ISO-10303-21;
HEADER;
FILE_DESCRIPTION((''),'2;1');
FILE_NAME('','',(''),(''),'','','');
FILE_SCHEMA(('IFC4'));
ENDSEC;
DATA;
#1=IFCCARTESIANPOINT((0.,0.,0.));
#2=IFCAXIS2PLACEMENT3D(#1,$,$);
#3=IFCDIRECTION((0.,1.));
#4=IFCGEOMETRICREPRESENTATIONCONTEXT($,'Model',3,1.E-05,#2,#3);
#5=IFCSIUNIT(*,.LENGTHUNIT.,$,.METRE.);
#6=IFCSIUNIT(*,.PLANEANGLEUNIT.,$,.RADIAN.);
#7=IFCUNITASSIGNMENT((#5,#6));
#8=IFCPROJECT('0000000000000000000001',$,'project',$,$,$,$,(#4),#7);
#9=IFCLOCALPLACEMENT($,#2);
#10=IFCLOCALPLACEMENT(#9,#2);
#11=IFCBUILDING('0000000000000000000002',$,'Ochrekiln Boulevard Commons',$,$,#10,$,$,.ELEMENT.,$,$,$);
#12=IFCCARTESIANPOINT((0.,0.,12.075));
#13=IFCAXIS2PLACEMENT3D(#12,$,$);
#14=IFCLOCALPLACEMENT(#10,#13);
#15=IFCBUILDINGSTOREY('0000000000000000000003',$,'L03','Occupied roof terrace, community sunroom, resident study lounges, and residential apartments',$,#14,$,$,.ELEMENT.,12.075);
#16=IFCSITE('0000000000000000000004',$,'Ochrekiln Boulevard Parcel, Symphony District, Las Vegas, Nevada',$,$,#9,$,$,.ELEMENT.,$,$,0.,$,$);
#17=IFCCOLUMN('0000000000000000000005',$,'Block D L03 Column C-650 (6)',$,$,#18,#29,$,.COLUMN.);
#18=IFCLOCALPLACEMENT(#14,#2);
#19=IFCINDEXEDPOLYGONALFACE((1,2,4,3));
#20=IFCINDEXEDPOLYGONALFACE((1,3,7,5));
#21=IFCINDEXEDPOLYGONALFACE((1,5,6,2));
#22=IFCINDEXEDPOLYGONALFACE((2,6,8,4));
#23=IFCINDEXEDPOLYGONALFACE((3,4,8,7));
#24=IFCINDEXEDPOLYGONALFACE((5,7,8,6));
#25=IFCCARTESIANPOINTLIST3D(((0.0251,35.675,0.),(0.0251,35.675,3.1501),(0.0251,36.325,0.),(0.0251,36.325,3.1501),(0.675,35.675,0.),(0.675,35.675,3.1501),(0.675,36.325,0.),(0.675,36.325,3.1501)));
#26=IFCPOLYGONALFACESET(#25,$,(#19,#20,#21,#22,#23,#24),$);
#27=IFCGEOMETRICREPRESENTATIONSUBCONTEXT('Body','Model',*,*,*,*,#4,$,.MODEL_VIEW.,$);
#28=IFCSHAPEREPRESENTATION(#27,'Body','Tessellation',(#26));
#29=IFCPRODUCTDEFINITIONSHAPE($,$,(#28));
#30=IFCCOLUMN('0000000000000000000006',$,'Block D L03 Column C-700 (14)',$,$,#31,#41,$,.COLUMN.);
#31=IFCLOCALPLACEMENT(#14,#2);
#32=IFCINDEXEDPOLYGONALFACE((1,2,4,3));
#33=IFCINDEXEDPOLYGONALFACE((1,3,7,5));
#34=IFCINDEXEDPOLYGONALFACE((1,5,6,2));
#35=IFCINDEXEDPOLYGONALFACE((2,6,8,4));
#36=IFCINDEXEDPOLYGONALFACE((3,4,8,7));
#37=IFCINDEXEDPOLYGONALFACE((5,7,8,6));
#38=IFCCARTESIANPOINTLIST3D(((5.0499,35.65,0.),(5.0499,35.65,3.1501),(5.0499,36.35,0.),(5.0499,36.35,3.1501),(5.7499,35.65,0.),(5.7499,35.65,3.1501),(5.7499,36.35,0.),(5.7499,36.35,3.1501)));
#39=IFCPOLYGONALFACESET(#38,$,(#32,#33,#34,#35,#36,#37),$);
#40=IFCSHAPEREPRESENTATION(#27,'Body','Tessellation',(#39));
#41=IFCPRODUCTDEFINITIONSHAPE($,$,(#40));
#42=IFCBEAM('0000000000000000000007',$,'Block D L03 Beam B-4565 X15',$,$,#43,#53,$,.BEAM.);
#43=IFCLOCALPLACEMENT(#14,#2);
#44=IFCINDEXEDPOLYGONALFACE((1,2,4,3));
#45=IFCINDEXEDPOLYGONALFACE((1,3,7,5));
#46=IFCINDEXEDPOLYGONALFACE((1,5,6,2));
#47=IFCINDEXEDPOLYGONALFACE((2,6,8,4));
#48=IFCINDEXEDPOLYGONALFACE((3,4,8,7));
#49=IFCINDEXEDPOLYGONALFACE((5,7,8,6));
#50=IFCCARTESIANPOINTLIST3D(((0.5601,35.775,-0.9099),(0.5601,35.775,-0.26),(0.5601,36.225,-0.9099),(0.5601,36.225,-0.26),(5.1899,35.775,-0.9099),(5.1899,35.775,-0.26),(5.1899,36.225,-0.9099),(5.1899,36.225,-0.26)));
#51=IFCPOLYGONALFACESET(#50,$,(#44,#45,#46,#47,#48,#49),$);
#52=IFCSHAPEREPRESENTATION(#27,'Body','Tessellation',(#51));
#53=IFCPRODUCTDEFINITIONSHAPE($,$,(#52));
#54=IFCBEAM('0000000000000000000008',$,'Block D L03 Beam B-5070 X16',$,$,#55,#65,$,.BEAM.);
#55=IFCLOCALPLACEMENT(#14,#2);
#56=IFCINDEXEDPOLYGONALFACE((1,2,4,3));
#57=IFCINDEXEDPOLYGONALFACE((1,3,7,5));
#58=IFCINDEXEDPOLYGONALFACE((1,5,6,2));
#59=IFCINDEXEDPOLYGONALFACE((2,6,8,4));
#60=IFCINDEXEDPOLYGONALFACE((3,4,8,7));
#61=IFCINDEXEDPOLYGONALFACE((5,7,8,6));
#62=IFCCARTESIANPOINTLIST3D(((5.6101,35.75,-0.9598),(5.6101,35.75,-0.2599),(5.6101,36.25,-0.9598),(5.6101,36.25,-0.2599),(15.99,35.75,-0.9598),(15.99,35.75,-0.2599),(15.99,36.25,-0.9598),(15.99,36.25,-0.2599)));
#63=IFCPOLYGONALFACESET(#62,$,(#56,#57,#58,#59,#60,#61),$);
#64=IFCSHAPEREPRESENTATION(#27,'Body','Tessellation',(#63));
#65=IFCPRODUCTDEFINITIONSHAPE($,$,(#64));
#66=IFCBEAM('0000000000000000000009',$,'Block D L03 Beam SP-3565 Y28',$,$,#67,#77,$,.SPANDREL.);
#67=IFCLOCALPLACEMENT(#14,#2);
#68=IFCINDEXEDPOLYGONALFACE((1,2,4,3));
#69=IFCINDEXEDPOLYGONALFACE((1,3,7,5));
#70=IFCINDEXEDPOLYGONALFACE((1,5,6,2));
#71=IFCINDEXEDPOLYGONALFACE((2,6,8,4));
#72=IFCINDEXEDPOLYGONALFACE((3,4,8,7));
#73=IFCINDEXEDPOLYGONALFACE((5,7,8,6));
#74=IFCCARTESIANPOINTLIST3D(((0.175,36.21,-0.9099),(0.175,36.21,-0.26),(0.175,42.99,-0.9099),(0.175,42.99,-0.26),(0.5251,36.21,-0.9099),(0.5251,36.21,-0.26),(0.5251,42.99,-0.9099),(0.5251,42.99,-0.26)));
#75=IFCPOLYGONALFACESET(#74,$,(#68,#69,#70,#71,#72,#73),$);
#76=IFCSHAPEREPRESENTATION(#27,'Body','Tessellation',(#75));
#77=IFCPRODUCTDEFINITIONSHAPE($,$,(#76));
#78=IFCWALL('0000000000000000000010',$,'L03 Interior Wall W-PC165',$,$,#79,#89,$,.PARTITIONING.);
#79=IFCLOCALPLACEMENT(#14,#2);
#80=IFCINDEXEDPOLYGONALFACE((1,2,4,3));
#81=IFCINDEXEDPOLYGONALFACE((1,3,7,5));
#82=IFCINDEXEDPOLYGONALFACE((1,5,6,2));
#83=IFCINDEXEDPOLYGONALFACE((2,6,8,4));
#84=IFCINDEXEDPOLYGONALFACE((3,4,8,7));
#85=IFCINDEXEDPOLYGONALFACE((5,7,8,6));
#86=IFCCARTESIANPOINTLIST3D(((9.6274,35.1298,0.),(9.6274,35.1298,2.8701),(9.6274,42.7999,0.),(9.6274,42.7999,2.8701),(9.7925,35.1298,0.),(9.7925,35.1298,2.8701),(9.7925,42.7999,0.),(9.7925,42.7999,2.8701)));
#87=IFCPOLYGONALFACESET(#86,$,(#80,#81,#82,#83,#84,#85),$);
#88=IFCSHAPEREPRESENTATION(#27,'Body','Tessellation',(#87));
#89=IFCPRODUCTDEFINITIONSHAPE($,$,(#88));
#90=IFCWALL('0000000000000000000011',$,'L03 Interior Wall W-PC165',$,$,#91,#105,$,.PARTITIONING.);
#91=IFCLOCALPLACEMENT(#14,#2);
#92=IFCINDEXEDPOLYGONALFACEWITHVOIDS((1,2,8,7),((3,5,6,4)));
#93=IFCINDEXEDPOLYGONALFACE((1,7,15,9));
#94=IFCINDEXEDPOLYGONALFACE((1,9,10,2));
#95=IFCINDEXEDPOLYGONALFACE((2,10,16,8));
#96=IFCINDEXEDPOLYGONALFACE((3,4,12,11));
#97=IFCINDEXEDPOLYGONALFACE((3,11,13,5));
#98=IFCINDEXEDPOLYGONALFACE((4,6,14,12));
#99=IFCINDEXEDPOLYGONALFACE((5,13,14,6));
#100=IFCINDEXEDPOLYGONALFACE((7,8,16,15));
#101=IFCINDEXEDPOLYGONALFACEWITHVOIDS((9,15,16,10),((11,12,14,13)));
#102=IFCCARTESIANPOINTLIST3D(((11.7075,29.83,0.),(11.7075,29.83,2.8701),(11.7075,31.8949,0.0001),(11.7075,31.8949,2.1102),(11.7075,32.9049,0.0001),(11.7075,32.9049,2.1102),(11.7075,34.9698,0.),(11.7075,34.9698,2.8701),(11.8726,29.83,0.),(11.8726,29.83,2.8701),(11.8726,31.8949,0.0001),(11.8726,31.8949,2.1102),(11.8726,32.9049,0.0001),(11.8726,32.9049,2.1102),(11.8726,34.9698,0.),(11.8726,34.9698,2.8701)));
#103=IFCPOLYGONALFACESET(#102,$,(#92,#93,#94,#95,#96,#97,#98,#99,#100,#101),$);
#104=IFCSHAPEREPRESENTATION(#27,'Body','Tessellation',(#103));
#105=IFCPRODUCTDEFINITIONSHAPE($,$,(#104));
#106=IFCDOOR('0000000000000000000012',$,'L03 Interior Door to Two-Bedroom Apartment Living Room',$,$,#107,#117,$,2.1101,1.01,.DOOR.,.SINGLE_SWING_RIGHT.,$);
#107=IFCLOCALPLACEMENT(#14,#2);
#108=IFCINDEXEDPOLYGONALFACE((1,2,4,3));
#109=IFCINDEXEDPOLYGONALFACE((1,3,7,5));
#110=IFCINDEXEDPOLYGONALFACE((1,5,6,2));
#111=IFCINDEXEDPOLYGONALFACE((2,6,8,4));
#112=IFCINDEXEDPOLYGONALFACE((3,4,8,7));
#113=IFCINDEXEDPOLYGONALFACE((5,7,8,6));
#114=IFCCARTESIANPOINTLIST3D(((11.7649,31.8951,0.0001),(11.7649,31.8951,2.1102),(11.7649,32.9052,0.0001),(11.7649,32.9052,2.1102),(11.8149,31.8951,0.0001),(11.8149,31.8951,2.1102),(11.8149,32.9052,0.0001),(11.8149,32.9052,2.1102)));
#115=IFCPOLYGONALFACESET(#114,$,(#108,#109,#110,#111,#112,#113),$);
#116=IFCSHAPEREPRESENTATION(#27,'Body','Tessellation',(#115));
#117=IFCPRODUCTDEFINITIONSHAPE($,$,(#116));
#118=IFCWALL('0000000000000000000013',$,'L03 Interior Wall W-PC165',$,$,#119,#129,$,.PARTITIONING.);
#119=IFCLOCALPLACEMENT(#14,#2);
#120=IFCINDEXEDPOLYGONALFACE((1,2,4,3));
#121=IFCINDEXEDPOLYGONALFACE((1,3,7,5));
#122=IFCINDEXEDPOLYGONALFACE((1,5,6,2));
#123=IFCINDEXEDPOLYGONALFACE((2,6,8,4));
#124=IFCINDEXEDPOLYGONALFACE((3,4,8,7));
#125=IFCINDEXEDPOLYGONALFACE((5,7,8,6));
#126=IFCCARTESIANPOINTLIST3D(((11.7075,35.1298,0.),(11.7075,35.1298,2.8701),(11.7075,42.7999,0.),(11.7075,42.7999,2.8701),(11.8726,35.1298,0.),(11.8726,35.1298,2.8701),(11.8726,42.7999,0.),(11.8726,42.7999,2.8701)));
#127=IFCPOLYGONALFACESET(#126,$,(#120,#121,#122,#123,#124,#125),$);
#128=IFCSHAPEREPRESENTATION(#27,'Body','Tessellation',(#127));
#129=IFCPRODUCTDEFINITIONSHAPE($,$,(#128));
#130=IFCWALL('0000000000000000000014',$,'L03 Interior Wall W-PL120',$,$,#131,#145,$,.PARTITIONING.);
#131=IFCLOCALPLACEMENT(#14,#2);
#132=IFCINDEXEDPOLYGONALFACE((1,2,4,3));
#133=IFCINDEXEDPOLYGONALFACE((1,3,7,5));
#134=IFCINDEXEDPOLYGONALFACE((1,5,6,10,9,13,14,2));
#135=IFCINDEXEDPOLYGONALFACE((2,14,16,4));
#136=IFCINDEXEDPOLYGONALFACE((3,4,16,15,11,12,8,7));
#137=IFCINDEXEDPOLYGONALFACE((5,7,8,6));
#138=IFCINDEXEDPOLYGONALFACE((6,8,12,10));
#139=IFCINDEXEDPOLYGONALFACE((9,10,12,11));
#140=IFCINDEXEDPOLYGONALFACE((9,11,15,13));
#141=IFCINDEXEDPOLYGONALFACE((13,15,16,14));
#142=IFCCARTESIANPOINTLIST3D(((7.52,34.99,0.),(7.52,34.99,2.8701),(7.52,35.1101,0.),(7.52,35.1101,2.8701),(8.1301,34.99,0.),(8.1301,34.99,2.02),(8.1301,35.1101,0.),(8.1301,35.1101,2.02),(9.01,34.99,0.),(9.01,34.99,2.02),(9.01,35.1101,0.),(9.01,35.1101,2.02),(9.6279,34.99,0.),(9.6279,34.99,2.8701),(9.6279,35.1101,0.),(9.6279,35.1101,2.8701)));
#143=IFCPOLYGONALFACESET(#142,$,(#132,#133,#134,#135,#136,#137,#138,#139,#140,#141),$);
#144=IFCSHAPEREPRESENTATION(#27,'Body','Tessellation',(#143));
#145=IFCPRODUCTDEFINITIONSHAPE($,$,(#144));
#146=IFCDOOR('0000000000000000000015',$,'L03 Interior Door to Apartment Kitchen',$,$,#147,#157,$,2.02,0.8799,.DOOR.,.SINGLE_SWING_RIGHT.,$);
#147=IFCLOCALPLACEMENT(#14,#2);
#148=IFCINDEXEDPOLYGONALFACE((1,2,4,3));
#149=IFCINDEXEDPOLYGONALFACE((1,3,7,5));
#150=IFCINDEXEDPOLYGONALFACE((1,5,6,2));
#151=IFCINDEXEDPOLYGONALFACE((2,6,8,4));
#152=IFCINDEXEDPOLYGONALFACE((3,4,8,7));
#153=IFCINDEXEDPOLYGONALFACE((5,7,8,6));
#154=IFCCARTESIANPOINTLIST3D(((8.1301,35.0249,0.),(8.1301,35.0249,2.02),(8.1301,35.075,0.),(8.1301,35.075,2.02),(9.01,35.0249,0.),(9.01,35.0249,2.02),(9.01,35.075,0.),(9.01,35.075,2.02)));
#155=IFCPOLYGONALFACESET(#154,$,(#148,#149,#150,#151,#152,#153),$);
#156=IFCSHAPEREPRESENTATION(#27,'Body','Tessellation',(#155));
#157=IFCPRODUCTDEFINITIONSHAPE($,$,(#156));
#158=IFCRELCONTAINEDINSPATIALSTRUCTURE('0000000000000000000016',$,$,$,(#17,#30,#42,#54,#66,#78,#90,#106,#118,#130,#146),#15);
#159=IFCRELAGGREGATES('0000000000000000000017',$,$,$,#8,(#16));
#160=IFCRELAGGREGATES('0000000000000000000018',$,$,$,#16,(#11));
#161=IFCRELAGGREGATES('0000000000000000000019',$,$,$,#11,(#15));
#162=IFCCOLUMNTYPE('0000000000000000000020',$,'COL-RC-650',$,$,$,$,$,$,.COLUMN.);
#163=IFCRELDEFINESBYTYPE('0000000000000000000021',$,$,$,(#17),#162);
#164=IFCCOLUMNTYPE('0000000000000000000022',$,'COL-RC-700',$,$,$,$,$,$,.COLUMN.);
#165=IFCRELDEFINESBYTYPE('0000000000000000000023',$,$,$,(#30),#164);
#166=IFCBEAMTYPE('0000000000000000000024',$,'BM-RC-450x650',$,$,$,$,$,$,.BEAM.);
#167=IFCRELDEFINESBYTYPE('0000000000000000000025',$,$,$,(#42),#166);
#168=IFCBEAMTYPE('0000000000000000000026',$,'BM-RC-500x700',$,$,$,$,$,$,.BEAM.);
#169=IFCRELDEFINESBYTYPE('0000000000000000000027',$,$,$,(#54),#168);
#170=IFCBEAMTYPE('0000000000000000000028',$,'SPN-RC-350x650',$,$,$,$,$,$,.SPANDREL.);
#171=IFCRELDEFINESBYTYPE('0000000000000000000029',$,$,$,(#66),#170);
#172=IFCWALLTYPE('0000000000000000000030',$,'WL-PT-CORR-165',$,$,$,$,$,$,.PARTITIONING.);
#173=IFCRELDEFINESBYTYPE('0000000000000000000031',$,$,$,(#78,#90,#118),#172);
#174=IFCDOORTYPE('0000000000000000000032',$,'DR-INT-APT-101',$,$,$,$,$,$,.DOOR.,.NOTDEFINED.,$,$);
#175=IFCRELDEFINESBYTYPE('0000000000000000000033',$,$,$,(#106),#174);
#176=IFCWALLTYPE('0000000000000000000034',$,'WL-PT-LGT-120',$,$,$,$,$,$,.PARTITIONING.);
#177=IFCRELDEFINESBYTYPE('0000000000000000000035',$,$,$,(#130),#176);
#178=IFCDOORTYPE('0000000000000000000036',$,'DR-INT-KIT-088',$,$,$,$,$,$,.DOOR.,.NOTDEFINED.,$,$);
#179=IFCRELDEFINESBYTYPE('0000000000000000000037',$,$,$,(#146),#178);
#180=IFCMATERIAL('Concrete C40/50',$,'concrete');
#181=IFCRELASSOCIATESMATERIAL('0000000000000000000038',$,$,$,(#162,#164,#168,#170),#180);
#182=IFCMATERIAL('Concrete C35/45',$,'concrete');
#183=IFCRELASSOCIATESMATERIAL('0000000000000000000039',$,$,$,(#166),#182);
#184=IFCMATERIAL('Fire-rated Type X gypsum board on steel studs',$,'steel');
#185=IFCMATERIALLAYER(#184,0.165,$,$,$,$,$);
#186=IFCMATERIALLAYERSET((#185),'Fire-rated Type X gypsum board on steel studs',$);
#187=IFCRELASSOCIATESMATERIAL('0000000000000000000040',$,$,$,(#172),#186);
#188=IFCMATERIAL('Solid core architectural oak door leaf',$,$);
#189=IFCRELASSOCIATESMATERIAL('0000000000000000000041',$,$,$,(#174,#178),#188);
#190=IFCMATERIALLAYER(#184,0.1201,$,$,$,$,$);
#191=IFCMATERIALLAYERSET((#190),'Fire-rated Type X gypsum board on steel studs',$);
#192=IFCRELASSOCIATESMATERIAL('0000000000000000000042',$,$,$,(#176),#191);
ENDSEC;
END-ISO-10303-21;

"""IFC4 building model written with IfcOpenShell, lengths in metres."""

from ifc_helpers import new_model, si_unit, direction, frame, frame_2d, origin, origin_2d, place, context, subcontext, project, spatial, rectangle, extrude, material, layer, layer_set, material_profile, profile_set, type_object, element, fill, save


model = new_model("IFC4")

# Units and contexts
model_context = context("Model", 3, precision=1e-05, world=origin(), true_north=direction((0.0, 1.0)))
body_context = subcontext(model_context, "Body", "Model", "MODEL_VIEW")
ifc_project = project(units=[si_unit("LENGTHUNIT", "METRE"), si_unit("PLANEANGLEUNIT", "RADIAN")], contexts=[model_context])

# Site, building, storey
site_placement = place(None, origin())
site = spatial("IfcSite", under=ifc_project, at=site_placement, Name="Ochrekiln Boulevard Parcel, Symphony District, Las Vegas, Nevada", CompositionType="ELEMENT", RefElevation=0.0)
building_placement = place(site_placement, origin())
building = spatial("IfcBuilding", under=site, at=building_placement, Name="Ochrekiln Boulevard Commons", CompositionType="ELEMENT")
storey_placement = place(building_placement, frame((0.0, 0.0, 12.075)))
storey = spatial("IfcBuildingStorey", under=building, at=storey_placement, Name="L03", Description="Occupied roof terrace, community sunroom, resident study lounges, and residential apartments", CompositionType="ELEMENT", Elevation=12.075)

# Columns
ifc_material_1 = material(Name="Concrete C40/50", Category="concrete")
ifc_material_profile_1 = material_profile(ifc_material_1, rectangle(XDim=0.6499, YDim=0.6499, at=origin_2d()), Name="RC-COL-650x650")
ifc_profile_set_1 = profile_set([ifc_material_profile_1], Name="Concrete C40/50")
column_type_1 = type_object("IfcColumnType", Name="COL-RC-650", PredefinedType="COLUMN", material=ifc_profile_set_1)
column_1_placement = place(storey_placement, frame((0.3501, 36.0, 0.0), z_axis=(0.0, 0.0, 1.0), x_axis=(1.0, 0.0, 0.0)))
element("IfcColumn", 1, at=column_1_placement, inside=storey, type_object=column_type_1, Name="Block D L03 Column C-650 (6)", PredefinedType="COLUMN", context=body_context, shape_type="SweptSolid", body=[
    extrude(rectangle(XDim=0.6499, YDim=0.6499, at=origin_2d()), origin(), (0.0, 0.0, 1.0), 3.1501),
])
ifc_material_profile_2 = material_profile(ifc_material_1, rectangle(XDim=0.7, YDim=0.7, at=origin_2d()), Name="RC-COL-700x700")
ifc_profile_set_2 = profile_set([ifc_material_profile_2], Name="Concrete C40/50")
column_type_2 = type_object("IfcColumnType", Name="COL-RC-700", PredefinedType="COLUMN", material=ifc_profile_set_2)
column_2_placement = place(storey_placement, frame((5.3999, 36.0, 0.0), z_axis=(0.0, 0.0, 1.0), x_axis=(1.0, 0.0, 0.0)))
element("IfcColumn", 2, at=column_2_placement, inside=storey, type_object=column_type_2, Name="Block D L03 Column C-700 (14)", PredefinedType="COLUMN", context=body_context, shape_type="SweptSolid", body=[
    extrude(rectangle(XDim=0.7, YDim=0.7, at=origin_2d()), origin(), (0.0, 0.0, 1.0), 3.1501),
])

# Beams
ifc_material_2 = material(Name="Concrete C35/45", Category="concrete")
ifc_material_profile_3 = material_profile(ifc_material_2, rectangle(XDim=0.45, YDim=0.6499, at=origin_2d()), Name="RC-BM-450x650")
ifc_profile_set_3 = profile_set([ifc_material_profile_3], Name="Concrete C35/45")
beam_type_1 = type_object("IfcBeamType", Name="BM-RC-450x650", PredefinedType="BEAM", material=ifc_profile_set_3)
beam_1_placement = place(storey_placement, frame((0.5601, 36.0, -0.585), z_axis=(1.0, 0.0, 0.0), x_axis=(0.0, 1.0, 0.0)))
element("IfcBeam", 3, at=beam_1_placement, inside=storey, type_object=beam_type_1, Name="Block D L03 Beam B-4565 X15", PredefinedType="BEAM", context=body_context, shape_type="SweptSolid", body=[
    extrude(rectangle(XDim=0.45, YDim=0.6499, at=origin_2d()), origin(), (0.0, 0.0, 1.0), 4.6299),
])
ifc_material_profile_4 = material_profile(ifc_material_1, rectangle(XDim=0.5, YDim=0.7, at=origin_2d()), Name="RC-BM-500x700")
ifc_profile_set_4 = profile_set([ifc_material_profile_4], Name="Concrete C40/50")
beam_type_2 = type_object("IfcBeamType", Name="BM-RC-500x700", PredefinedType="BEAM", material=ifc_profile_set_4)
beam_2_placement = place(storey_placement, frame((5.6101, 36.0, -0.6099), z_axis=(1.0, 0.0, 0.0), x_axis=(0.0, 1.0, 0.0)))
element("IfcBeam", 4, at=beam_2_placement, inside=storey, type_object=beam_type_2, Name="Block D L03 Beam B-5070 X16", PredefinedType="BEAM", context=body_context, shape_type="SweptSolid", body=[
    extrude(rectangle(XDim=0.5, YDim=0.7, at=origin_2d()), origin(), (0.0, 0.0, 1.0), 10.3799),
])
ifc_material_profile_5 = material_profile(ifc_material_1, rectangle(XDim=0.3501, YDim=0.6499, at=origin_2d()), Name="RC-SPN-350x650")
ifc_profile_set_5 = profile_set([ifc_material_profile_5], Name="Concrete C40/50")
beam_type_3 = type_object("IfcBeamType", Name="SPN-RC-350x650", PredefinedType="SPANDREL", material=ifc_profile_set_5)
beam_3_placement = place(storey_placement, frame((0.3501, 36.21, -0.585), z_axis=(0.0, 1.0, 0.0), x_axis=(-1.0, 0.0, 0.0)))
element("IfcBeam", 5, at=beam_3_placement, inside=storey, type_object=beam_type_3, Name="Block D L03 Beam SP-3565 Y28", PredefinedType="SPANDREL", context=body_context, shape_type="SweptSolid", body=[
    extrude(rectangle(XDim=0.3501, YDim=0.6499, at=origin_2d()), origin(), (0.0, 0.0, 1.0), 6.78),
])

# Wall
ifc_material_3 = material(Name="Fire-rated Type X gypsum board on steel studs", Category="steel")
ifc_layer_1 = layer(ifc_material_3, 0.165)
ifc_layer_set_1 = layer_set([ifc_layer_1], Name="Fire-rated Type X gypsum board on steel studs")
wall_type_1 = type_object("IfcWallType", Name="WL-PT-CORR-165", PredefinedType="PARTITIONING", material=ifc_layer_set_1)
wall_1_placement = place(storey_placement, frame((9.71, 35.1299, 0.0), z_axis=(0.0, 0.0, 1.0), x_axis=(0.0, 1.0, 0.0)))
element("IfcWall", 6, at=wall_1_placement, inside=storey, type_object=wall_type_1, Name="L03 Interior Wall W-PC165", PredefinedType="PARTITIONING", context=body_context, shape_type="SweptSolid", body=[
    extrude(rectangle(XDim=7.6702, YDim=0.165, at=frame_2d((3.835, 0.0))), origin(), (0.0, 0.0, 1.0), 2.8701),
])

# Wall, opening, door
wall_2_placement = place(storey_placement, frame((11.79, 29.8301, 0.0), z_axis=(0.0, 0.0, 1.0), x_axis=(0.0, 1.0, 0.0)))
wall_2 = element("IfcWall", 7, at=wall_2_placement, inside=storey, type_object=wall_type_1, Name="L03 Interior Wall W-PC165", PredefinedType="PARTITIONING", context=body_context, shape_type="SweptSolid", body=[
    extrude(rectangle(XDim=5.1399, YDim=0.165, at=frame_2d((2.5698, 0.0))), origin(), (0.0, 0.0, 1.0), 2.8701),
])
opening_1_placement = place(wall_2_placement, frame((2.0649, 0.0, 0.0)))
opening_1 = element("IfcOpeningElement", 8, at=opening_1_placement, cuts=wall_2, PredefinedType="OPENING", context=body_context, shape_type="SweptSolid", body=[
    extrude(rectangle(XDim=1.01, YDim=2.1101, at=frame_2d((0.5049, 1.0552))), frame((0.0, 0.0925, 0.0), z_axis=(0.0, -1.0, 0.0), x_axis=(1.0, 0.0, 0.0)), (0.0, 0.0, 1.0), 0.1851),
])
ifc_material_4 = material(Name="Solid core architectural oak door leaf")
door_type_1 = type_object("IfcDoorType", Name="DR-INT-APT-101", OperationType="NOTDEFINED", PredefinedType="DOOR", material=ifc_material_4)
door_1_placement = place(opening_1_placement, frame((1.01, 0.0, 0.0), z_axis=(0.0, 0.0, 1.0), x_axis=(-1.0, 0.0, 0.0)))
door_1 = element("IfcDoor", 9, at=door_1_placement, inside=storey, type_object=door_type_1, Name="L03 Interior Door to Two-Bedroom Apartment Living Room", OperationType="SINGLE_SWING_RIGHT", OverallHeight=2.1101, OverallWidth=1.01, PredefinedType="DOOR", context=body_context, shape_type="SweptSolid", body=[
    extrude(rectangle(XDim=1.01, YDim=2.1101, at=frame_2d((0.5049, 1.0552))), frame((0.0, 0.0249, 0.0), z_axis=(0.0, -1.0, 0.0), x_axis=(1.0, 0.0, 0.0)), (0.0, 0.0, 1.0), 0.05),
])
fill(opening_1, door_1)

# Wall
wall_3_placement = place(storey_placement, frame((11.79, 35.1299, 0.0), z_axis=(0.0, 0.0, 1.0), x_axis=(0.0, 1.0, 0.0)))
element("IfcWall", 10, at=wall_3_placement, inside=storey, type_object=wall_type_1, Name="L03 Interior Wall W-PC165", PredefinedType="PARTITIONING", context=body_context, shape_type="SweptSolid", body=[
    extrude(rectangle(XDim=7.6702, YDim=0.165, at=frame_2d((3.835, 0.0))), origin(), (0.0, 0.0, 1.0), 2.8701),
])

# Wall, opening, door
ifc_layer_2 = layer(ifc_material_3, 0.1201)
ifc_layer_set_2 = layer_set([ifc_layer_2], Name="Fire-rated Type X gypsum board on steel studs")
wall_type_2 = type_object("IfcWallType", Name="WL-PT-LGT-120", PredefinedType="PARTITIONING", material=ifc_layer_set_2)
wall_4_placement = place(storey_placement, frame((7.52, 35.05, 0.0), z_axis=(0.0, 0.0, 1.0), x_axis=(1.0, 0.0, 0.0)))
wall_4 = element("IfcWall", 11, at=wall_4_placement, inside=storey, type_object=wall_type_2, Name="L03 Interior Wall W-PL120", PredefinedType="PARTITIONING", context=body_context, shape_type="SweptSolid", body=[
    extrude(rectangle(XDim=2.1079, YDim=0.1201, at=frame_2d((1.054, 0.0))), origin(), (0.0, 0.0, 1.0), 2.8701),
])
opening_2_placement = place(wall_4_placement, frame((0.6101, 0.0, 0.0)))
opening_2 = element("IfcOpeningElement", 12, at=opening_2_placement, cuts=wall_4, PredefinedType="OPENING", context=body_context, shape_type="SweptSolid", body=[
    extrude(rectangle(XDim=0.8799, YDim=2.02, at=frame_2d((0.4399, 1.01))), frame((0.0, 0.0701, 0.0), z_axis=(0.0, -1.0, 0.0), x_axis=(1.0, 0.0, 0.0)), (0.0, 0.0, 1.0), 0.1401),
])
door_type_2 = type_object("IfcDoorType", Name="DR-INT-KIT-088", OperationType="NOTDEFINED", PredefinedType="DOOR", material=ifc_material_4)
door_2_placement = place(opening_2_placement, origin())
door_2 = element("IfcDoor", 13, at=door_2_placement, inside=storey, type_object=door_type_2, Name="L03 Interior Door to Apartment Kitchen", OperationType="SINGLE_SWING_RIGHT", OverallHeight=2.02, OverallWidth=0.8799, PredefinedType="DOOR", context=body_context, shape_type="SweptSolid", body=[
    extrude(rectangle(XDim=0.8799, YDim=2.02, at=frame_2d((0.4399, 1.01))), frame((0.0, 0.0249, 0.0), z_axis=(0.0, -1.0, 0.0), x_axis=(1.0, 0.0, 0.0)), (0.0, 0.0, 1.0), 0.05),
])
fill(opening_2, door_2)

save(model, "model.ifc")
